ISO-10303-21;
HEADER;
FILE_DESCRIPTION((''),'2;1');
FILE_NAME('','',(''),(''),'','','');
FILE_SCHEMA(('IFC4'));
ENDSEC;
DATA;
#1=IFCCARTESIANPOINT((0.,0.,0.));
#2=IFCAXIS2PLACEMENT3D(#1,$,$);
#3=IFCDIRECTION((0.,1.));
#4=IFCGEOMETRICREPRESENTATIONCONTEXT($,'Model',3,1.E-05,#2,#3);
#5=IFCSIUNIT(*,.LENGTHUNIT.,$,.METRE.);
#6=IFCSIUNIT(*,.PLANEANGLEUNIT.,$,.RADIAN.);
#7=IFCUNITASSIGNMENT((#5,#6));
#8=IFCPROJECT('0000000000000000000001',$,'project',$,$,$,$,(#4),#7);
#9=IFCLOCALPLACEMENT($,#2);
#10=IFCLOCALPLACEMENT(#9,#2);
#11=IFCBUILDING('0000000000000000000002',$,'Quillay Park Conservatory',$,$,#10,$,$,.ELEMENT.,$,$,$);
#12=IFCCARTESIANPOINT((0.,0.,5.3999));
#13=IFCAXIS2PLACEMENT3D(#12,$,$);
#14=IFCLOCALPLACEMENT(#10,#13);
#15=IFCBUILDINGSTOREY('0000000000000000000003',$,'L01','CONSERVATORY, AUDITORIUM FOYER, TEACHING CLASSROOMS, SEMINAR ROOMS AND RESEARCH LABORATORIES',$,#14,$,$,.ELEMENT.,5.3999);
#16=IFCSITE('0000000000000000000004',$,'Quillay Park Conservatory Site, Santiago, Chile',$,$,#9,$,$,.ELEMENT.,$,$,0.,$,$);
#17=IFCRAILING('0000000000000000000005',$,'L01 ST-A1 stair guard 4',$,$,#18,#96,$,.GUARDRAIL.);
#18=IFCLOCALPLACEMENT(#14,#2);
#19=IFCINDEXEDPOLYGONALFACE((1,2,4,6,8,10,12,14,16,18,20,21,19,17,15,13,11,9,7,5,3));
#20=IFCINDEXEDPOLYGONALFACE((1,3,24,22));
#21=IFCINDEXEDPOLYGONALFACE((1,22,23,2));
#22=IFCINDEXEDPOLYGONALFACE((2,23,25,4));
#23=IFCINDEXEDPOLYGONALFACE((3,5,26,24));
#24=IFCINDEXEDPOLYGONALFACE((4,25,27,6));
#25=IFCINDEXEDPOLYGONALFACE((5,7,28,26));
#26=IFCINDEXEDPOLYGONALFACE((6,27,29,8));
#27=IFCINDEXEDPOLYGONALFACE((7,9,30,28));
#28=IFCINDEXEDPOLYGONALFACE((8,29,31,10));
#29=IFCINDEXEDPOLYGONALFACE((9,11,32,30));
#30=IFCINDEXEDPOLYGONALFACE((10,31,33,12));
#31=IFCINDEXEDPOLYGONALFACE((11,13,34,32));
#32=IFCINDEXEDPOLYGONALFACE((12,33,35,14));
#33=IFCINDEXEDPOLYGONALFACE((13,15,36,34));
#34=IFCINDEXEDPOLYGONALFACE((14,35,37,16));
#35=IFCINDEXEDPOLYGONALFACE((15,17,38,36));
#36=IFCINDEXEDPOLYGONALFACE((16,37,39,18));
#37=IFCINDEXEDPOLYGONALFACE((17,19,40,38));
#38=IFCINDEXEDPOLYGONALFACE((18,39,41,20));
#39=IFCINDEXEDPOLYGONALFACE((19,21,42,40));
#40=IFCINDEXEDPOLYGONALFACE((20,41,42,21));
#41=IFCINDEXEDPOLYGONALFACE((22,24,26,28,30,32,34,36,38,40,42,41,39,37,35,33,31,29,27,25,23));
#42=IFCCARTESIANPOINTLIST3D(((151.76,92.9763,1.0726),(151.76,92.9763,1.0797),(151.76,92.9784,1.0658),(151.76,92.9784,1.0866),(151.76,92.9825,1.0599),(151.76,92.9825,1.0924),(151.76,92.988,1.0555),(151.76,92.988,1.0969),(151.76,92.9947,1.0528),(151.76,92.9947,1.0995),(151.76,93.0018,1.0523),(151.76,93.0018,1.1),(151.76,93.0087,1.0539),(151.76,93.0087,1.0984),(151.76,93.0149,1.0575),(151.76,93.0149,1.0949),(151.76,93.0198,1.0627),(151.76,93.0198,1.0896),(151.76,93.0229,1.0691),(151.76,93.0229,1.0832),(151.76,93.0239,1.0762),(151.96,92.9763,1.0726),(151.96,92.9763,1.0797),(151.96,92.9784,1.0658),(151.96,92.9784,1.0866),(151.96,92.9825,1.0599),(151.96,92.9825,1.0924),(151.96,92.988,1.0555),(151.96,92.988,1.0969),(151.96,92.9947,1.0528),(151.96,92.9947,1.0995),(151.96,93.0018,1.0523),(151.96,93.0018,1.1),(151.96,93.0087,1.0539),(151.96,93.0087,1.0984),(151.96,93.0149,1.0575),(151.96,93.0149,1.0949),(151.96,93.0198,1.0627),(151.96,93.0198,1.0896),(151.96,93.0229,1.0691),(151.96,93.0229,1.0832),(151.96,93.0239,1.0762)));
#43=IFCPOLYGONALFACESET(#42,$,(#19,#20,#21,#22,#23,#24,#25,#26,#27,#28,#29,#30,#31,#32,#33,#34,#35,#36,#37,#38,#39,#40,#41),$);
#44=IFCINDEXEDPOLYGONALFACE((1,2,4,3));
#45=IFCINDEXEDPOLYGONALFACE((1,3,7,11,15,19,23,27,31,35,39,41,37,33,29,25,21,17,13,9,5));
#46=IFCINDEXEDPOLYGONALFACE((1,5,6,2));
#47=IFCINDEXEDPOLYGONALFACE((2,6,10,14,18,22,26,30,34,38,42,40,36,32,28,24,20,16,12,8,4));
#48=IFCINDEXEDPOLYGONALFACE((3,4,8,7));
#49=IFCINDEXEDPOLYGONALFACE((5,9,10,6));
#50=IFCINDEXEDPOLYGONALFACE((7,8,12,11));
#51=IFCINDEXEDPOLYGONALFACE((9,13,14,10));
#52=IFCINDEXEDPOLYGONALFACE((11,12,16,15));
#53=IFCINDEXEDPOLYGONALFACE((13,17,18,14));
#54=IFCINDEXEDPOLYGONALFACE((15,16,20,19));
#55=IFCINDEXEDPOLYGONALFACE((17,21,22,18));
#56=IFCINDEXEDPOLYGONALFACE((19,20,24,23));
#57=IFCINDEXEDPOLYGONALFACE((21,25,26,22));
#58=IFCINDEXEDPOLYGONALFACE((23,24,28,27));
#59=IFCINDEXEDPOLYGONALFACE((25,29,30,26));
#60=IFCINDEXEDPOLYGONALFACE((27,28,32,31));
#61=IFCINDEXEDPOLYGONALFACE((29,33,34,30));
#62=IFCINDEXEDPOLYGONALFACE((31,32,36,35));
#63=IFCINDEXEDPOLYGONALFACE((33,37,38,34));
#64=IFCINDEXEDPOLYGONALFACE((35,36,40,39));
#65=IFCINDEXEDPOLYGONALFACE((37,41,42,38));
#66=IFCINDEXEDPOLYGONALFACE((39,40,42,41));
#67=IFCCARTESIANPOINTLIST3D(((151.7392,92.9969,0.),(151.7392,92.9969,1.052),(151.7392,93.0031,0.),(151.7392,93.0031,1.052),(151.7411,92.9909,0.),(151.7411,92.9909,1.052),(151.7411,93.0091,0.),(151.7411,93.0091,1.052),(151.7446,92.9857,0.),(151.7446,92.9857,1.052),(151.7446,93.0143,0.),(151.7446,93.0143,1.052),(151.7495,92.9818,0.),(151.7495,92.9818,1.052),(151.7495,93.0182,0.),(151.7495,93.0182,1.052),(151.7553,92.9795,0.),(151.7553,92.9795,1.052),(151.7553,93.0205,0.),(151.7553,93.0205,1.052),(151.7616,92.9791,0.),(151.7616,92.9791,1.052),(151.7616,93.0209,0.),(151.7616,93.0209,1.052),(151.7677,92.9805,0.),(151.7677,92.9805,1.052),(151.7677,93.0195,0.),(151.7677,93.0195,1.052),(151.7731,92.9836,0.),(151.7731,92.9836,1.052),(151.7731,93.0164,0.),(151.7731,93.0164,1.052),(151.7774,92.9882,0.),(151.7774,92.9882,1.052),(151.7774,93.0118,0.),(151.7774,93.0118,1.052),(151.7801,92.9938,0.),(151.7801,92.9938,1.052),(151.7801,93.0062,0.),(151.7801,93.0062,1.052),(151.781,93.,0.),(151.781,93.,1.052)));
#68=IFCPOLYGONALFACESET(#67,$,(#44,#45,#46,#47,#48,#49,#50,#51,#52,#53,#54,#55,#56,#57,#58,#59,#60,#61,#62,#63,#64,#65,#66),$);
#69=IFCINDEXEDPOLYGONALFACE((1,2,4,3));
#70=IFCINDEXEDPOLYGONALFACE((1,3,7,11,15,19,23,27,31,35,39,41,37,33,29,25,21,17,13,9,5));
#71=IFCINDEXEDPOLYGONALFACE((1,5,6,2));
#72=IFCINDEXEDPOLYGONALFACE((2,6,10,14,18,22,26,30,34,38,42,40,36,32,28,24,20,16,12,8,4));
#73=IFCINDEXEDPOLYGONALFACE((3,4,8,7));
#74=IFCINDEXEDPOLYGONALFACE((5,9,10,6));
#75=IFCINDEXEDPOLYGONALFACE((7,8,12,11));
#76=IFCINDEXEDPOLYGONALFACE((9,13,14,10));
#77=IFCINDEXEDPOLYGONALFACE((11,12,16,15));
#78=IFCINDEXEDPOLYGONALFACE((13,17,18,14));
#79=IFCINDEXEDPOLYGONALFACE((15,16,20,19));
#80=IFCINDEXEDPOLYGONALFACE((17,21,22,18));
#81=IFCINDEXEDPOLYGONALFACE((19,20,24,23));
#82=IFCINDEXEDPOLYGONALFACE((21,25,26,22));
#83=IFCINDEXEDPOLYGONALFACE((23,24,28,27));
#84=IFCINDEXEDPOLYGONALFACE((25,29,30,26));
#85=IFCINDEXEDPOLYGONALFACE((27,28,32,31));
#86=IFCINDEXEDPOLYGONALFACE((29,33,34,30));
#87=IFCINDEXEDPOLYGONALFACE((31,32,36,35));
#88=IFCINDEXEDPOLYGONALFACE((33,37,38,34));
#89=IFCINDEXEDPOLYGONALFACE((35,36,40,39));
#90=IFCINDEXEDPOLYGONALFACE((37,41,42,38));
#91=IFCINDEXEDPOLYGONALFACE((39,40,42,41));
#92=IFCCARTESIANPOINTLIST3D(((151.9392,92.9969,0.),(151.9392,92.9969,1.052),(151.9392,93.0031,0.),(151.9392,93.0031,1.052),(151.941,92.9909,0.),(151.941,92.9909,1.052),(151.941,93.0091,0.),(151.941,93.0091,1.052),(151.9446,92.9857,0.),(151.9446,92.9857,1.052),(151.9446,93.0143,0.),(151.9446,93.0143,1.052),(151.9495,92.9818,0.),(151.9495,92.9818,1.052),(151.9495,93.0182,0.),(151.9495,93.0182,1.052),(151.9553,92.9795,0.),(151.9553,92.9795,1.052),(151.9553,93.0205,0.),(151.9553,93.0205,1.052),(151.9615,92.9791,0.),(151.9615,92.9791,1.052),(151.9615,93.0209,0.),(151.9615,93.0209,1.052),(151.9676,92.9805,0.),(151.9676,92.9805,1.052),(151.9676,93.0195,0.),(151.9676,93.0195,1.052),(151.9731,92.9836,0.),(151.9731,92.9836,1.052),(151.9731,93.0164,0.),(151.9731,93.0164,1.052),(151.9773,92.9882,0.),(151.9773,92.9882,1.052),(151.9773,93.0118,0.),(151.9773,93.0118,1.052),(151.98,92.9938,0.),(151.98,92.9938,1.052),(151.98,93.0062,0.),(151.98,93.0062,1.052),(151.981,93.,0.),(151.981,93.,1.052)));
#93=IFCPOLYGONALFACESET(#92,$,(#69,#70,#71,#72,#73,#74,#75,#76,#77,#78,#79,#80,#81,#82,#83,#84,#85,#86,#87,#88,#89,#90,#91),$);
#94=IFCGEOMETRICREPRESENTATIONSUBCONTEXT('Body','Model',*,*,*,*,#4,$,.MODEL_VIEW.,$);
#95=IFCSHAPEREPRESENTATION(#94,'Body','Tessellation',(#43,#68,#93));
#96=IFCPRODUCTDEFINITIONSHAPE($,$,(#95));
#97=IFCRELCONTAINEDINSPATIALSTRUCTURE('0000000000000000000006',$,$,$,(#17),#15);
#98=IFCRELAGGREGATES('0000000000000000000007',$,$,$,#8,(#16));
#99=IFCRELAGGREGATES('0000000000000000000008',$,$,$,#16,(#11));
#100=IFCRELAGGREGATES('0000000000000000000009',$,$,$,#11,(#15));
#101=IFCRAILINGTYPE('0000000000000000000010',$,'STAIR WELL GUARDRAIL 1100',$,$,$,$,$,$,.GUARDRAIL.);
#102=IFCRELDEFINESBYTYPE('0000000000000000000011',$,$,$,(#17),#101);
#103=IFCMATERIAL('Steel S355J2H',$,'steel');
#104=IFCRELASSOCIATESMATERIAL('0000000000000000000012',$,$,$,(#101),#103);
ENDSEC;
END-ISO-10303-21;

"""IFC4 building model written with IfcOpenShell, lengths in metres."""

from ifc_helpers import new_model, si_unit, direction, frame, origin, origin_2d, place, context, subcontext, project, spatial, circle, extrude, material, type_object, element, save


model = new_model("IFC4")

# Units and contexts
model_context = context("Model", 3, precision=1e-05, world=origin(), true_north=direction((0.0, 1.0)))
body_context = subcontext(model_context, "Body", "Model", "MODEL_VIEW")
ifc_project = project(units=[si_unit("LENGTHUNIT", "METRE"), si_unit("PLANEANGLEUNIT", "RADIAN")], contexts=[model_context])

# Site, building, storey
site_placement = place(None, origin())
site = spatial("IfcSite", under=ifc_project, at=site_placement, Name="Quillay Park Conservatory Site, Santiago, Chile", CompositionType="ELEMENT", RefElevation=0.0)
building_placement = place(site_placement, origin())
building = spatial("IfcBuilding", under=site, at=building_placement, Name="Quillay Park Conservatory", CompositionType="ELEMENT")
storey_placement = place(building_placement, frame((0.0, 0.0, 5.3999)))
storey = spatial("IfcBuildingStorey", under=building, at=storey_placement, Name="L01", Description="CONSERVATORY, AUDITORIUM FOYER, TEACHING CLASSROOMS, SEMINAR ROOMS AND RESEARCH LABORATORIES", CompositionType="ELEMENT", Elevation=5.3999)

# Railing
ifc_material_1 = material(Name="Steel S355J2H", Category="steel")
railing_type_1 = type_object("IfcRailingType", Name="STAIR WELL GUARDRAIL 1100", PredefinedType="GUARDRAIL", material=ifc_material_1)
railing_1_placement = place(storey_placement, frame((151.76, 93.0, 0.0)))
element("IfcRailing", 1, at=railing_1_placement, inside=storey, type_object=railing_type_1, Name="L01 ST-A1 stair guard 4", PredefinedType="GUARDRAIL", context=body_context, shape_type="SweptSolid", body=[
    extrude(circle(Radius=0.0239, at=origin_2d()), frame((0.0, 0.0, 1.0762), z_axis=(1.0, 0.0, 0.0), x_axis=(0.0, 1.0, 0.0)), (0.0, 0.0, 1.0), 0.2),
    extrude(circle(Radius=0.021, at=origin_2d()), origin(), (0.0, 0.0, 1.0), 1.052),
    extrude(circle(Radius=0.021, at=origin_2d()), frame((0.2, 0.0, 0.0)), (0.0, 0.0, 1.0), 1.052),
])

save(model, "model.ifc")
